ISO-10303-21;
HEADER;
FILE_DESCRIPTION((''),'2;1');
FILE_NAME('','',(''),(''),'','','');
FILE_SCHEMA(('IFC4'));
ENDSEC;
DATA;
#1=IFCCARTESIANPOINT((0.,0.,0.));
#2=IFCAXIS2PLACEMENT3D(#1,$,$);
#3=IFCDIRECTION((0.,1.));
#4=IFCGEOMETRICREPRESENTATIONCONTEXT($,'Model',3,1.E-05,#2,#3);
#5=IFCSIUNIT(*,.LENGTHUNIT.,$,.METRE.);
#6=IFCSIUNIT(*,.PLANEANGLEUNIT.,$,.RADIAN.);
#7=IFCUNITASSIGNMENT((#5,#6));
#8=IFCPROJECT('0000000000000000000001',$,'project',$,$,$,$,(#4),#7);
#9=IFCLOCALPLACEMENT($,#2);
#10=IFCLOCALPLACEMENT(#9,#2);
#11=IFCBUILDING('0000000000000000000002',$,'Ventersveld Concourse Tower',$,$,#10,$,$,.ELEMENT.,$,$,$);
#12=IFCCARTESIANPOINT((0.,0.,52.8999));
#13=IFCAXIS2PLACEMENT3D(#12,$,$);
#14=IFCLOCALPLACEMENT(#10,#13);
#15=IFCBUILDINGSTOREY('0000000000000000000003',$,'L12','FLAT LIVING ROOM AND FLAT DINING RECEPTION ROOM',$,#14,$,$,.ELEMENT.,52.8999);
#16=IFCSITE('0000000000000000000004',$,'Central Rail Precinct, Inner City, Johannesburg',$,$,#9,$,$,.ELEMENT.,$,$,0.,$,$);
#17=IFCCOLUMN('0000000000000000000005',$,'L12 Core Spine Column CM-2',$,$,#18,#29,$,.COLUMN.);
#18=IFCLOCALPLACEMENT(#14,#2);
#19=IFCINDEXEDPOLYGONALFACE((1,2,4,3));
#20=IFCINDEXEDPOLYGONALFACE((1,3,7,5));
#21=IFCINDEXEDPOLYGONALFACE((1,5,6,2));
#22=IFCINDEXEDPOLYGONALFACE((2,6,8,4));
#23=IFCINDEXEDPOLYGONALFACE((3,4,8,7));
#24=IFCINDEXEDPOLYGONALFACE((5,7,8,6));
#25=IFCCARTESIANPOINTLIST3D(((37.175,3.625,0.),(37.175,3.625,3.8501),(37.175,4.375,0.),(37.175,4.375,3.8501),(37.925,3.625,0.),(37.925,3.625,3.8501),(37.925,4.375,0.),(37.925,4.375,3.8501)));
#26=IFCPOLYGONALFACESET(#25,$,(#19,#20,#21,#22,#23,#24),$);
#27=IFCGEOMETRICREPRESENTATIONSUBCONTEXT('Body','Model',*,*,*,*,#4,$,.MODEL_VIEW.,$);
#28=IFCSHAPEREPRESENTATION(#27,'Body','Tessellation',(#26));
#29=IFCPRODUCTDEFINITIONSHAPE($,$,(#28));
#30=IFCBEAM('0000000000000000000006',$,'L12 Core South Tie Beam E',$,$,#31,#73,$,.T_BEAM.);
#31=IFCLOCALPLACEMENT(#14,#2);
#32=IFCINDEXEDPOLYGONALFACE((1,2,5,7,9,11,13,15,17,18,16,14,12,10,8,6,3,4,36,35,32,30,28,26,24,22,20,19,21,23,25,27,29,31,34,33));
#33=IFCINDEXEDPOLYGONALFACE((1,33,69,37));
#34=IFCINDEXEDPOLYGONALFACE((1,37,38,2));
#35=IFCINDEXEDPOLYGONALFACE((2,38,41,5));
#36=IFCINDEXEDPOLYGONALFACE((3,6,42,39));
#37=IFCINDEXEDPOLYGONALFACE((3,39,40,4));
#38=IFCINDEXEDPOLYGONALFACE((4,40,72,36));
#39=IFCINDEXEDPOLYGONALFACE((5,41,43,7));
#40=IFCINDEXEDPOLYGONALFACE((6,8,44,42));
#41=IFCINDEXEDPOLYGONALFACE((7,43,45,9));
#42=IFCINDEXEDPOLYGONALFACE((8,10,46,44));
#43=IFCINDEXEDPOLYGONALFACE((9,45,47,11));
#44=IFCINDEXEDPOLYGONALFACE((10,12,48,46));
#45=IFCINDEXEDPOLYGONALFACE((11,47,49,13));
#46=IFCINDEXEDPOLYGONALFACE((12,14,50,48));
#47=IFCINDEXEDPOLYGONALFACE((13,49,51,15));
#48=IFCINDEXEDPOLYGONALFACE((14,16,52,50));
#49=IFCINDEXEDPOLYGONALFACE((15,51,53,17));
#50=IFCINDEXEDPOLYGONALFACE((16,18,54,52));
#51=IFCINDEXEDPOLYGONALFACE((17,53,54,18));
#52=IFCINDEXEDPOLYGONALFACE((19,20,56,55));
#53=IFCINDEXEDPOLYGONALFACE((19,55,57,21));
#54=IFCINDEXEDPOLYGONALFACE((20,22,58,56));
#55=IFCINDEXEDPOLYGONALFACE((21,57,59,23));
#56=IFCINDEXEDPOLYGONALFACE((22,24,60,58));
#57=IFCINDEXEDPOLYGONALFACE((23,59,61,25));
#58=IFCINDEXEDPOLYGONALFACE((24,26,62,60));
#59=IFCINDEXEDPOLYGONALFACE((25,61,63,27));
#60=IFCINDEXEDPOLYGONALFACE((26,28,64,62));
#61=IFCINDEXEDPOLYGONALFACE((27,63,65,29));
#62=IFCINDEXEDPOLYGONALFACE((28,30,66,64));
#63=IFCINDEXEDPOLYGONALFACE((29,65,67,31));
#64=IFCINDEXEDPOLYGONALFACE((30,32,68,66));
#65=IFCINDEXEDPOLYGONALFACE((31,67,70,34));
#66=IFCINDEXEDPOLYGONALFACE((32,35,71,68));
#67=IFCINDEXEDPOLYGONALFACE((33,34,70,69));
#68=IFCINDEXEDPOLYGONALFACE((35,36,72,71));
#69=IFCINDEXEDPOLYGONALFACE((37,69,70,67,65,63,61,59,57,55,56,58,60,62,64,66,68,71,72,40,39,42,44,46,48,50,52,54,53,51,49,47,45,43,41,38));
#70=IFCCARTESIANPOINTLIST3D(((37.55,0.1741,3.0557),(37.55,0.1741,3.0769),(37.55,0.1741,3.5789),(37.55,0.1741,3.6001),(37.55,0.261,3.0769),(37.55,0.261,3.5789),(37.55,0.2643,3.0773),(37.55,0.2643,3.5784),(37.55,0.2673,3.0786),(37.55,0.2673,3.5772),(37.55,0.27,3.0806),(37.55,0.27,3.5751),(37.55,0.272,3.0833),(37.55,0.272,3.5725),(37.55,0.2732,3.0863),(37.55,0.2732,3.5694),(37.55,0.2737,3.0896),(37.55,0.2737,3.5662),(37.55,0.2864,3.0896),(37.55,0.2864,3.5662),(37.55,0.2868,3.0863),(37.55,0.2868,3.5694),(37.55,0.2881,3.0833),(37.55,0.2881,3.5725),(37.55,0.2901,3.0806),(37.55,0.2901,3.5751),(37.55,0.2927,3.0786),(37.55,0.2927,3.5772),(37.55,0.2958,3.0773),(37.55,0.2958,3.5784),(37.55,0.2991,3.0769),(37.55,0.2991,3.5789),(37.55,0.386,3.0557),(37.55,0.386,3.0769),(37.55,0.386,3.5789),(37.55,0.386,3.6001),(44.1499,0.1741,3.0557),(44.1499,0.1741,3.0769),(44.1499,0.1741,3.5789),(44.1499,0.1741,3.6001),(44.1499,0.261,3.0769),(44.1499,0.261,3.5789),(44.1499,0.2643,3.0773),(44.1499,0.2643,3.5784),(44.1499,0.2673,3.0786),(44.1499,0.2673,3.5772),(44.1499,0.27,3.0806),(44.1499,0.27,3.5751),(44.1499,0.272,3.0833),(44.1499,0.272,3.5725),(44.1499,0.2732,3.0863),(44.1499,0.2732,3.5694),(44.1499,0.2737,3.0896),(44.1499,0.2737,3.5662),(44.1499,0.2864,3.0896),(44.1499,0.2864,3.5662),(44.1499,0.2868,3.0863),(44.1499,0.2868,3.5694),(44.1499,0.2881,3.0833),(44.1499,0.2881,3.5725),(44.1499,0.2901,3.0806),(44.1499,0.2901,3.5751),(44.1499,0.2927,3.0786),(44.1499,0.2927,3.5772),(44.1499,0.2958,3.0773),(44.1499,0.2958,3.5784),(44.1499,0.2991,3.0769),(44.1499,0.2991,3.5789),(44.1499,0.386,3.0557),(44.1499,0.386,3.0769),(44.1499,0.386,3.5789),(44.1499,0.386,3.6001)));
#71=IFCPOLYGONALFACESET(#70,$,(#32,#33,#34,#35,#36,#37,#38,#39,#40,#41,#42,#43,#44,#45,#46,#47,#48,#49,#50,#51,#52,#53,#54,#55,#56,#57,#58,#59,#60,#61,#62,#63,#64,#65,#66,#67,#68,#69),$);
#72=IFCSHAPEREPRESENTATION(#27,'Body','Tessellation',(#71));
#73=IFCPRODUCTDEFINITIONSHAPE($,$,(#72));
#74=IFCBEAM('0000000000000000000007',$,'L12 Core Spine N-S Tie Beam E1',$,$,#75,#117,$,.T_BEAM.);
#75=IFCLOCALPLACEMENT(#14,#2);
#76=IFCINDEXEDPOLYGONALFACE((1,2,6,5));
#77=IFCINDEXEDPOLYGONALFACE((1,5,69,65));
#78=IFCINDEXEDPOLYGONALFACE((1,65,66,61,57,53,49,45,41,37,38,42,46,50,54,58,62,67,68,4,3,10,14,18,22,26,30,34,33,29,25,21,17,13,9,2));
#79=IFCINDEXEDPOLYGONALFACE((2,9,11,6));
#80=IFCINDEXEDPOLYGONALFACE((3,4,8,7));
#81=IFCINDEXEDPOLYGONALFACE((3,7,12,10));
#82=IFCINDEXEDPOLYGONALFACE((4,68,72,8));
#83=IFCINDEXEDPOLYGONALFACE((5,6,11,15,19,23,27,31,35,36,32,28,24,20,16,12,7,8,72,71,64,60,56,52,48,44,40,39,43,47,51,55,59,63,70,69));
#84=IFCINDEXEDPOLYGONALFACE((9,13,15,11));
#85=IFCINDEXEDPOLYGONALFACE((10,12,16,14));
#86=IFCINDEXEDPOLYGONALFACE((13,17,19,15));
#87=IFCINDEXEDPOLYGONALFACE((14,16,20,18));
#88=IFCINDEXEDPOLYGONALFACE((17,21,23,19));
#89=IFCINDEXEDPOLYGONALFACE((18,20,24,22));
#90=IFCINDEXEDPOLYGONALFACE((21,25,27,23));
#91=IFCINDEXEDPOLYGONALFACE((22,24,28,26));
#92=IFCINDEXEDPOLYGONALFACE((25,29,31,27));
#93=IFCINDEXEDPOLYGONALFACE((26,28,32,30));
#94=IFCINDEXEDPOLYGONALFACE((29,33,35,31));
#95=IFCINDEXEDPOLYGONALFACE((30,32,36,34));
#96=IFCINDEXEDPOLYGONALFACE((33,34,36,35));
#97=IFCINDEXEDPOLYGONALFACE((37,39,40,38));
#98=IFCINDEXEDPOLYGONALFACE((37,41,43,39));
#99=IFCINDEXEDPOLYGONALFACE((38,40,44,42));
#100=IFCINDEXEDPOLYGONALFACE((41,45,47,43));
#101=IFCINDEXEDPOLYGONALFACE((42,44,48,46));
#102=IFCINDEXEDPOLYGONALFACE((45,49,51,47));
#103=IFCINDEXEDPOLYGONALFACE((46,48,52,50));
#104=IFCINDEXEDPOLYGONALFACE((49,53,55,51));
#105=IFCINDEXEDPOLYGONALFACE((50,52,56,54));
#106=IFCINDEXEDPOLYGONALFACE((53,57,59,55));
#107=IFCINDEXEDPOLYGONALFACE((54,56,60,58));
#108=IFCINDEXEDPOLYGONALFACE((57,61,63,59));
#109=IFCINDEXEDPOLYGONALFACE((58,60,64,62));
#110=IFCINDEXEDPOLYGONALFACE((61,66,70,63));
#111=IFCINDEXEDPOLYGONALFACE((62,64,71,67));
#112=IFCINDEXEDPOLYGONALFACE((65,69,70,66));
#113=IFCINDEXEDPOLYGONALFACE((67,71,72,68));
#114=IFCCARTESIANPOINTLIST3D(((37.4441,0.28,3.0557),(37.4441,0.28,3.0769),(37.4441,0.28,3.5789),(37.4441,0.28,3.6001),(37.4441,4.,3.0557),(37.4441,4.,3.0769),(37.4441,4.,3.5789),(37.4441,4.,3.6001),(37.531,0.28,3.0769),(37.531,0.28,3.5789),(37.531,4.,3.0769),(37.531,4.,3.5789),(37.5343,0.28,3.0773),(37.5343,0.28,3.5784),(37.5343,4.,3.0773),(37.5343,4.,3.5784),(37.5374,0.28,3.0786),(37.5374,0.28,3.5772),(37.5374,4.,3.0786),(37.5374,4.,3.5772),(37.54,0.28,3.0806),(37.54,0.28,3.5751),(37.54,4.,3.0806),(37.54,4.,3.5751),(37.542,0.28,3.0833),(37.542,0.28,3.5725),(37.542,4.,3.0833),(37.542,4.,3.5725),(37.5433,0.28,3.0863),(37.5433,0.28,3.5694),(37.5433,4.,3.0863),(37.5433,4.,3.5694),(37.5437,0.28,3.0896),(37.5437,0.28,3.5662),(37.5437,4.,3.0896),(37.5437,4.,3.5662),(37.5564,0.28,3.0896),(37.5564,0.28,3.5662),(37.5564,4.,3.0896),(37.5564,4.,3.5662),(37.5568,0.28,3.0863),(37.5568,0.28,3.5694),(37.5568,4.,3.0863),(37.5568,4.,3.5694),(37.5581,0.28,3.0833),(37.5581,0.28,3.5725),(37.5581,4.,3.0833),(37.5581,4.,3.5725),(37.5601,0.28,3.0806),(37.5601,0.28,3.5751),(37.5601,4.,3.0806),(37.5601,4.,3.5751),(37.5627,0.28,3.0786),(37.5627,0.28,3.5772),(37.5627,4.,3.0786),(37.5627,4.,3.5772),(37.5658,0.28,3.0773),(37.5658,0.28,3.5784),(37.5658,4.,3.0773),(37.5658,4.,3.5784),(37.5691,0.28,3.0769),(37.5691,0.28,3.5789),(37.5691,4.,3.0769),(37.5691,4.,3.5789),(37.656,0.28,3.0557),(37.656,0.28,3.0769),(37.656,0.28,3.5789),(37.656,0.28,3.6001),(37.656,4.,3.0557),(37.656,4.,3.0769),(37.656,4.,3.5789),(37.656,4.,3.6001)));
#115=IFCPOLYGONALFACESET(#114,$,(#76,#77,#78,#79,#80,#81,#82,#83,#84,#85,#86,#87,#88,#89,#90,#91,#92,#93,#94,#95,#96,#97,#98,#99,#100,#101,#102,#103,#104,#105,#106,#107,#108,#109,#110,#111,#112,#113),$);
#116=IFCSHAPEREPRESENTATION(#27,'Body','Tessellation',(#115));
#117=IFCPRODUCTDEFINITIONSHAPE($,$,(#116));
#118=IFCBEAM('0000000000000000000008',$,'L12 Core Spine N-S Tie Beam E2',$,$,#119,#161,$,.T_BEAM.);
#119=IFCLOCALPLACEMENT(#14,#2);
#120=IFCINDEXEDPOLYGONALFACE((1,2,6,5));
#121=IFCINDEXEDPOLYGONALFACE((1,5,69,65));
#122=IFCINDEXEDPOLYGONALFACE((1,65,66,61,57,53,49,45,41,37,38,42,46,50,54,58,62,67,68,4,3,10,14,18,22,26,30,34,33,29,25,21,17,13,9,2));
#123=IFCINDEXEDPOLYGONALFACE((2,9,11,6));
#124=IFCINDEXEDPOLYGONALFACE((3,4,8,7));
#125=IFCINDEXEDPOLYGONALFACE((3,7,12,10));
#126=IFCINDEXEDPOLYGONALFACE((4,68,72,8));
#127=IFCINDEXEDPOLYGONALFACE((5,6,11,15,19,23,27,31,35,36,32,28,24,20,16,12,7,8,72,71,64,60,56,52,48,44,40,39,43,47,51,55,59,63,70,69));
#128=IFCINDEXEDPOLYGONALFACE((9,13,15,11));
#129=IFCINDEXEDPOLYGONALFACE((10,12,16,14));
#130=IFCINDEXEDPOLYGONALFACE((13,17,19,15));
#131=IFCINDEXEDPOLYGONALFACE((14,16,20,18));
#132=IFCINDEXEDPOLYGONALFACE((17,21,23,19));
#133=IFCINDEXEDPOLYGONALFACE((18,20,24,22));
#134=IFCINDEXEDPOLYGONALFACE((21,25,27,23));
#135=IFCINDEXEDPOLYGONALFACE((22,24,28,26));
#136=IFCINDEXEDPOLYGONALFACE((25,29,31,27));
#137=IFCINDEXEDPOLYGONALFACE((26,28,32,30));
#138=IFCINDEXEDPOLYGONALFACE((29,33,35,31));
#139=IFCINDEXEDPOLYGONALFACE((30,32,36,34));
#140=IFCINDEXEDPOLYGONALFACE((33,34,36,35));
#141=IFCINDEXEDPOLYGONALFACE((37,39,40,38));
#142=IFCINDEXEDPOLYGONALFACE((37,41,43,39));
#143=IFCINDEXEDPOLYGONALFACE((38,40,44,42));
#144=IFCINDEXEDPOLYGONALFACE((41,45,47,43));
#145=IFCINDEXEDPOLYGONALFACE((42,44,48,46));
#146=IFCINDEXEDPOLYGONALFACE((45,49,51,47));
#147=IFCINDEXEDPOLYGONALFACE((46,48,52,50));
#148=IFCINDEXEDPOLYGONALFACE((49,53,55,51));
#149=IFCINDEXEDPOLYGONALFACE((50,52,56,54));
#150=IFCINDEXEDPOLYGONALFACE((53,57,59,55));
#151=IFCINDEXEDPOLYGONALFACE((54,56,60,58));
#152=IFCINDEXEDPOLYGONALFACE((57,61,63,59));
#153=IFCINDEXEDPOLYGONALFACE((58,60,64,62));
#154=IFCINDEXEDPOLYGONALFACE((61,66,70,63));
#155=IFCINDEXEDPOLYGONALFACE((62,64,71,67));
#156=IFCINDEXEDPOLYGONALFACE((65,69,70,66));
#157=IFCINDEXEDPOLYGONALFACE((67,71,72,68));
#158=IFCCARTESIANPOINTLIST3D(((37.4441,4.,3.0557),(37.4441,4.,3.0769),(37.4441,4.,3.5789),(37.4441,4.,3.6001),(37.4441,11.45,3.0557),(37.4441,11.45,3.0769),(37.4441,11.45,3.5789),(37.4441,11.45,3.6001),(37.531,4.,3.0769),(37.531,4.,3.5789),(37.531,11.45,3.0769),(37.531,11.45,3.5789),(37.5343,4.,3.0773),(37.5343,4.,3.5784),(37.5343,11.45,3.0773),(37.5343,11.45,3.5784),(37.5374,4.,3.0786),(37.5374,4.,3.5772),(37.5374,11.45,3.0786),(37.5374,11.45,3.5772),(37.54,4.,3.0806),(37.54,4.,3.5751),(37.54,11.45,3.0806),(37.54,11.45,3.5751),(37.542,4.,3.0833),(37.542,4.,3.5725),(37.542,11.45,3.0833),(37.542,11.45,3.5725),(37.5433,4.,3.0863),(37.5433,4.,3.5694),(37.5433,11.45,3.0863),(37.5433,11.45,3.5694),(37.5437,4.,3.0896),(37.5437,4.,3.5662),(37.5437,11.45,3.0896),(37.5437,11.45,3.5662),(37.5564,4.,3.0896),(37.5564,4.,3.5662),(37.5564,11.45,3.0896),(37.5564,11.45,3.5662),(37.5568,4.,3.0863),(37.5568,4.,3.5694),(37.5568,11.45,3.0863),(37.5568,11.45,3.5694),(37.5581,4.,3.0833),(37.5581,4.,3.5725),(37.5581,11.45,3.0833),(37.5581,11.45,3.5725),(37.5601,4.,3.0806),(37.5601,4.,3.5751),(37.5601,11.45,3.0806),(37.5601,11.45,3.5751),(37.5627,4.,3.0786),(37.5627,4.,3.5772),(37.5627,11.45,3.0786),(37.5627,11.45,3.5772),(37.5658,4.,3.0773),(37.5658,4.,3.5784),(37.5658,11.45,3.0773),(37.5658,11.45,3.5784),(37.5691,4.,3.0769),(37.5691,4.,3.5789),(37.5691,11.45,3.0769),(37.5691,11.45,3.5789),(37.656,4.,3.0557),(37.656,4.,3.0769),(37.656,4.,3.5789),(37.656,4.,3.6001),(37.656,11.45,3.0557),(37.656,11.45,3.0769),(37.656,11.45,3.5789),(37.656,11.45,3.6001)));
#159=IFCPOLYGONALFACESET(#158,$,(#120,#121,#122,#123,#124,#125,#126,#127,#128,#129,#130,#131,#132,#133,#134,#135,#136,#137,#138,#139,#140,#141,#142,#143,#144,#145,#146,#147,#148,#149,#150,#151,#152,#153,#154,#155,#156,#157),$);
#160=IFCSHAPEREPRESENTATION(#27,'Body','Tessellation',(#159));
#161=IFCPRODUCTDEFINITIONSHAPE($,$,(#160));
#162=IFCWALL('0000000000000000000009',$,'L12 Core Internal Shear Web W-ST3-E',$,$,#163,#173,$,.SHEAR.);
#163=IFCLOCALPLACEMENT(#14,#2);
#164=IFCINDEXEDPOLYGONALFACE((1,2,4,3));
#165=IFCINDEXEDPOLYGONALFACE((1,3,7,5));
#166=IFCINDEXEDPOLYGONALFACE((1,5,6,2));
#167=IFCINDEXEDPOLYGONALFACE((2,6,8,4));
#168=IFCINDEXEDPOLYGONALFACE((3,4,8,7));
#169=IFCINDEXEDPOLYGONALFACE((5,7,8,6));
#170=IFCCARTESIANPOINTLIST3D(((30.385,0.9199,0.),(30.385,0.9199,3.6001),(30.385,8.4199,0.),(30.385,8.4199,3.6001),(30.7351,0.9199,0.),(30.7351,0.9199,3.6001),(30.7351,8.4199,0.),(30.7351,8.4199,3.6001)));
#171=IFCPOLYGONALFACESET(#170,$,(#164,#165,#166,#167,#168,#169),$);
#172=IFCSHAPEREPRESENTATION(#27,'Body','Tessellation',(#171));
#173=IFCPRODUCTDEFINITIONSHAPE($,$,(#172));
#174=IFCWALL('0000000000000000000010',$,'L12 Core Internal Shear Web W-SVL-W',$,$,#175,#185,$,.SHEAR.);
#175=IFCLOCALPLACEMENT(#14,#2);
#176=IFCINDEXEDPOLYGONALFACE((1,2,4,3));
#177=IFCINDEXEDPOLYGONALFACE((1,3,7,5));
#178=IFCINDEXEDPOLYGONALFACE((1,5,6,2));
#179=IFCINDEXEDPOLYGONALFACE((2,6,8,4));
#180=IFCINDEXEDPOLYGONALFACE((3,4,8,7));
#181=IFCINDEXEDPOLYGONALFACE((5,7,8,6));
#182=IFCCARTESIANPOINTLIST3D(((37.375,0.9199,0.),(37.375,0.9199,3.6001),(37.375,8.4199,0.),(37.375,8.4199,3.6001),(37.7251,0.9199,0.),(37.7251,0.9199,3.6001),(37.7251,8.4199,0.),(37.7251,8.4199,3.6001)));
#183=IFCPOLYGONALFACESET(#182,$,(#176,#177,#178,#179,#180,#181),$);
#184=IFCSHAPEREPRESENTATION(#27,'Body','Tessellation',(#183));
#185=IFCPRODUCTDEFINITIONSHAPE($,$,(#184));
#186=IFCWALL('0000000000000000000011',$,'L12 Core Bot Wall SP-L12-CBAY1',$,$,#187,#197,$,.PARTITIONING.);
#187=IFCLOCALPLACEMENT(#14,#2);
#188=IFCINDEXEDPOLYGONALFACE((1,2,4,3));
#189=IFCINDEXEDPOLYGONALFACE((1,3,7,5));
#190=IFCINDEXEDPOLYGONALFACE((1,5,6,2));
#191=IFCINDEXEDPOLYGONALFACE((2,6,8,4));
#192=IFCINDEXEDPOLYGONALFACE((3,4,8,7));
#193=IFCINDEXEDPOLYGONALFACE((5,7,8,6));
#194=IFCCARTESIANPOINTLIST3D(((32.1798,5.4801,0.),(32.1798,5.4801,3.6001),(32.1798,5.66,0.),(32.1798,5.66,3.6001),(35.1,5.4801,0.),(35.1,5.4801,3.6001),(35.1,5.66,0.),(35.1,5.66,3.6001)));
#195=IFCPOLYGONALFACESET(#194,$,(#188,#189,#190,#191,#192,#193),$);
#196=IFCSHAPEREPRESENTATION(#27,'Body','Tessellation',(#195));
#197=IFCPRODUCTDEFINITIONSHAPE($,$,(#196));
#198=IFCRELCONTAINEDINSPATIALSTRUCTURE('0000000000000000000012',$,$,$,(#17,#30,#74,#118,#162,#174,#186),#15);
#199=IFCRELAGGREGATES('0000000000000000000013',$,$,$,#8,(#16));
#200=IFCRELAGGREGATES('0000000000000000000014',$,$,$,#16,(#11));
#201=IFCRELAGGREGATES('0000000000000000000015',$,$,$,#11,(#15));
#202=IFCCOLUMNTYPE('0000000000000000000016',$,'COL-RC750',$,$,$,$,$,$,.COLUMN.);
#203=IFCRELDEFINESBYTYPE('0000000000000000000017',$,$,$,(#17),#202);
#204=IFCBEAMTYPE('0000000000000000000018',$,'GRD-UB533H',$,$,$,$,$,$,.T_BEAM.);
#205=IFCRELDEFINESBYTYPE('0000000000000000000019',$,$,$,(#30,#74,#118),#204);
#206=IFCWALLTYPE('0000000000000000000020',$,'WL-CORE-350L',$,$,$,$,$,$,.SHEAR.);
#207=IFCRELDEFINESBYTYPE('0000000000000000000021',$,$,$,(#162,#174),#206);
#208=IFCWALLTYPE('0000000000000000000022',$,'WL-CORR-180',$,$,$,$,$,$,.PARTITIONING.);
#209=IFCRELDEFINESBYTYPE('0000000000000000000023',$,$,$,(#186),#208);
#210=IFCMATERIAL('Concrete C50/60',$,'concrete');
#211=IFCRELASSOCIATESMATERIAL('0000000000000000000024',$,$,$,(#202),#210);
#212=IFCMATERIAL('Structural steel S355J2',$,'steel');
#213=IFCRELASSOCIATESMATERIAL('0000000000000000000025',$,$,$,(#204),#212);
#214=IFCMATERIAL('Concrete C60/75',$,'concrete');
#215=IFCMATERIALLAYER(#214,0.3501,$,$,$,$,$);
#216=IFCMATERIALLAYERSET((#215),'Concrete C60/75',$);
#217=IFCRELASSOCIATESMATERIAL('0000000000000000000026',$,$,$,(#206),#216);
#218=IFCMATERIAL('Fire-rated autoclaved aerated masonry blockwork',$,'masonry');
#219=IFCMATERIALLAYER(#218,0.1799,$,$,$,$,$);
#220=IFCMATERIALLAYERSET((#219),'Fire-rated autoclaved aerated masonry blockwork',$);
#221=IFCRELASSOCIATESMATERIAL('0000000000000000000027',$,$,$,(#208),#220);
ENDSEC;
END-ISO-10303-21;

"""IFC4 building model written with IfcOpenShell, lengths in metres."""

from ifc_helpers import new_model, si_unit, direction, frame, frame_2d, origin, origin_2d, place, context, subcontext, project, spatial, rectangle, i_section, extrude, material, layer, layer_set, material_profile, profile_set, type_object, element, save


model = new_model("IFC4")

# Units and contexts
model_context = context("Model", 3, precision=1e-05, world=origin(), true_north=direction((0.0, 1.0)))
body_context = subcontext(model_context, "Body", "Model", "MODEL_VIEW")
ifc_project = project(units=[si_unit("LENGTHUNIT", "METRE"), si_unit("PLANEANGLEUNIT", "RADIAN")], contexts=[model_context])

# Site, building, storey
site_placement = place(None, origin())
site = spatial("IfcSite", under=ifc_project, at=site_placement, Name="Central Rail Precinct, Inner City, Johannesburg", CompositionType="ELEMENT", RefElevation=0.0)
building_placement = place(site_placement, origin())
building = spatial("IfcBuilding", under=site, at=building_placement, Name="Ventersveld Concourse Tower", CompositionType="ELEMENT")
storey_placement = place(building_placement, frame((0.0, 0.0, 52.8999)))
storey = spatial("IfcBuildingStorey", under=building, at=storey_placement, Name="L12", Description="FLAT LIVING ROOM AND FLAT DINING RECEPTION ROOM", CompositionType="ELEMENT", Elevation=52.8999)

# Column
ifc_material_1 = material(Name="Concrete C50/60", Category="concrete")
ifc_material_profile_1 = material_profile(ifc_material_1, rectangle(XDim=0.75, YDim=0.75, at=origin_2d()), Name="RC 750x750")
ifc_profile_set_1 = profile_set([ifc_material_profile_1], Name="Concrete C50/60")
column_type = type_object("IfcColumnType", Name="COL-RC750", PredefinedType="COLUMN", material=ifc_profile_set_1)
column_placement = place(storey_placement, frame((37.55, 4.0, 0.0), z_axis=(0.0, 0.0, 1.0), x_axis=(1.0, 0.0, 0.0)))
element("IfcColumn", 1, at=column_placement, inside=storey, type_object=column_type, Name="L12 Core Spine Column CM-2", PredefinedType="COLUMN", context=body_context, shape_type="SweptSolid", body=[
    extrude(rectangle(XDim=0.75, YDim=0.75, at=origin_2d()), origin(), (0.0, 0.0, 1.0), 3.8501),
])

# Beams
ifc_material_2 = material(Name="Structural steel S355J2", Category="steel")
ifc_material_profile_2 = material_profile(ifc_material_2, i_section(OverallWidth=0.2119, OverallDepth=0.5444, WebThickness=0.0127, FlangeThickness=0.0212, FilletRadius=0.0127, at=origin_2d()), Name="UB 533x210x122")
ifc_profile_set_2 = profile_set([ifc_material_profile_2], Name="Structural steel S355J2")
beam_type = type_object("IfcBeamType", Name="GRD-UB533H", PredefinedType="T_BEAM", material=ifc_profile_set_2)
beam_1_placement = place(storey_placement, frame((37.55, 0.28, 3.3279), z_axis=(1.0, 0.0, 0.0), x_axis=(0.0, 1.0, 0.0)))
element("IfcBeam", 2, at=beam_1_placement, inside=storey, type_object=beam_type, Name="L12 Core South Tie Beam E", PredefinedType="T_BEAM", context=body_context, shape_type="SweptSolid", body=[
    extrude(i_section(OverallWidth=0.2119, OverallDepth=0.5444, WebThickness=0.0127, FlangeThickness=0.0212, FilletRadius=0.0127, at=origin_2d()), origin(), (0.0, 0.0, 1.0), 6.5999),
])
beam_2_placement = place(storey_placement, frame((37.55, 0.28, 3.3279), z_axis=(0.0, 1.0, 0.0), x_axis=(-1.0, 0.0, 0.0)))
element("IfcBeam", 3, at=beam_2_placement, inside=storey, type_object=beam_type, Name="L12 Core Spine N-S Tie Beam E1", PredefinedType="T_BEAM", context=body_context, shape_type="SweptSolid", body=[
    extrude(i_section(OverallWidth=0.2119, OverallDepth=0.5444, WebThickness=0.0127, FlangeThickness=0.0212, FilletRadius=0.0127, at=origin_2d()), origin(), (0.0, 0.0, 1.0), 3.72),
])
beam_3_placement = place(storey_placement, frame((37.55, 4.0, 3.3279), z_axis=(0.0, 1.0, 0.0), x_axis=(-1.0, 0.0, 0.0)))
element("IfcBeam", 4, at=beam_3_placement, inside=storey, type_object=beam_type, Name="L12 Core Spine N-S Tie Beam E2", PredefinedType="T_BEAM", context=body_context, shape_type="SweptSolid", body=[
    extrude(i_section(OverallWidth=0.2119, OverallDepth=0.5444, WebThickness=0.0127, FlangeThickness=0.0212, FilletRadius=0.0127, at=origin_2d()), origin(), (0.0, 0.0, 1.0), 7.45),
])

# Walls
ifc_material_3 = material(Name="Concrete C60/75", Category="concrete")
ifc_layer_1 = layer(ifc_material_3, 0.3501)
ifc_layer_set_1 = layer_set([ifc_layer_1], Name="Concrete C60/75")
wall_type_1 = type_object("IfcWallType", Name="WL-CORE-350L", PredefinedType="SHEAR", material=ifc_layer_set_1)
for number, where, z_axis, x_axis, name in (
    (5, (30.5601, 0.9199, 0.0), (0.0, 0.0, 1.0), (0.0, 1.0, 0.0), "L12 Core Internal Shear Web W-ST3-E"),
    (6, (37.55, 0.9199, 0.0), (0.0, 0.0, 1.0), (0.0, 1.0, 0.0), "L12 Core Internal Shear Web W-SVL-W"),
):
    element("IfcWall", number, at=place(storey_placement, frame(where, z_axis=z_axis, x_axis=x_axis)), inside=storey, type_object=wall_type_1, Name=name, PredefinedType="SHEAR", context=body_context, shape_type="SweptSolid", body=[
        extrude(rectangle(XDim=7.5, YDim=0.3501, at=frame_2d((3.75, 0.0))), origin(), (0.0, 0.0, 1.0), 3.6001),
    ])
ifc_material_4 = material(Name="Fire-rated autoclaved aerated masonry blockwork", Category="masonry")
ifc_layer_2 = layer(ifc_material_4, 0.1799)
ifc_layer_set_2 = layer_set([ifc_layer_2], Name="Fire-rated autoclaved aerated masonry blockwork")
wall_type_2 = type_object("IfcWallType", Name="WL-CORR-180", PredefinedType="PARTITIONING", material=ifc_layer_set_2)
wall_1_placement = place(storey_placement, frame((32.1799, 5.5701, 0.0), z_axis=(0.0, 0.0, 1.0), x_axis=(1.0, 0.0, 0.0)))
element("IfcWall", 7, at=wall_1_placement, inside=storey, type_object=wall_type_2, Name="L12 Core Bot Wall SP-L12-CBAY1", PredefinedType="PARTITIONING", context=body_context, shape_type="SweptSolid", body=[
    extrude(rectangle(XDim=2.9202, YDim=0.1799, at=frame_2d((1.46, 0.0))), origin(), (0.0, 0.0, 1.0), 3.6001),
])

save(model, "model.ifc")
